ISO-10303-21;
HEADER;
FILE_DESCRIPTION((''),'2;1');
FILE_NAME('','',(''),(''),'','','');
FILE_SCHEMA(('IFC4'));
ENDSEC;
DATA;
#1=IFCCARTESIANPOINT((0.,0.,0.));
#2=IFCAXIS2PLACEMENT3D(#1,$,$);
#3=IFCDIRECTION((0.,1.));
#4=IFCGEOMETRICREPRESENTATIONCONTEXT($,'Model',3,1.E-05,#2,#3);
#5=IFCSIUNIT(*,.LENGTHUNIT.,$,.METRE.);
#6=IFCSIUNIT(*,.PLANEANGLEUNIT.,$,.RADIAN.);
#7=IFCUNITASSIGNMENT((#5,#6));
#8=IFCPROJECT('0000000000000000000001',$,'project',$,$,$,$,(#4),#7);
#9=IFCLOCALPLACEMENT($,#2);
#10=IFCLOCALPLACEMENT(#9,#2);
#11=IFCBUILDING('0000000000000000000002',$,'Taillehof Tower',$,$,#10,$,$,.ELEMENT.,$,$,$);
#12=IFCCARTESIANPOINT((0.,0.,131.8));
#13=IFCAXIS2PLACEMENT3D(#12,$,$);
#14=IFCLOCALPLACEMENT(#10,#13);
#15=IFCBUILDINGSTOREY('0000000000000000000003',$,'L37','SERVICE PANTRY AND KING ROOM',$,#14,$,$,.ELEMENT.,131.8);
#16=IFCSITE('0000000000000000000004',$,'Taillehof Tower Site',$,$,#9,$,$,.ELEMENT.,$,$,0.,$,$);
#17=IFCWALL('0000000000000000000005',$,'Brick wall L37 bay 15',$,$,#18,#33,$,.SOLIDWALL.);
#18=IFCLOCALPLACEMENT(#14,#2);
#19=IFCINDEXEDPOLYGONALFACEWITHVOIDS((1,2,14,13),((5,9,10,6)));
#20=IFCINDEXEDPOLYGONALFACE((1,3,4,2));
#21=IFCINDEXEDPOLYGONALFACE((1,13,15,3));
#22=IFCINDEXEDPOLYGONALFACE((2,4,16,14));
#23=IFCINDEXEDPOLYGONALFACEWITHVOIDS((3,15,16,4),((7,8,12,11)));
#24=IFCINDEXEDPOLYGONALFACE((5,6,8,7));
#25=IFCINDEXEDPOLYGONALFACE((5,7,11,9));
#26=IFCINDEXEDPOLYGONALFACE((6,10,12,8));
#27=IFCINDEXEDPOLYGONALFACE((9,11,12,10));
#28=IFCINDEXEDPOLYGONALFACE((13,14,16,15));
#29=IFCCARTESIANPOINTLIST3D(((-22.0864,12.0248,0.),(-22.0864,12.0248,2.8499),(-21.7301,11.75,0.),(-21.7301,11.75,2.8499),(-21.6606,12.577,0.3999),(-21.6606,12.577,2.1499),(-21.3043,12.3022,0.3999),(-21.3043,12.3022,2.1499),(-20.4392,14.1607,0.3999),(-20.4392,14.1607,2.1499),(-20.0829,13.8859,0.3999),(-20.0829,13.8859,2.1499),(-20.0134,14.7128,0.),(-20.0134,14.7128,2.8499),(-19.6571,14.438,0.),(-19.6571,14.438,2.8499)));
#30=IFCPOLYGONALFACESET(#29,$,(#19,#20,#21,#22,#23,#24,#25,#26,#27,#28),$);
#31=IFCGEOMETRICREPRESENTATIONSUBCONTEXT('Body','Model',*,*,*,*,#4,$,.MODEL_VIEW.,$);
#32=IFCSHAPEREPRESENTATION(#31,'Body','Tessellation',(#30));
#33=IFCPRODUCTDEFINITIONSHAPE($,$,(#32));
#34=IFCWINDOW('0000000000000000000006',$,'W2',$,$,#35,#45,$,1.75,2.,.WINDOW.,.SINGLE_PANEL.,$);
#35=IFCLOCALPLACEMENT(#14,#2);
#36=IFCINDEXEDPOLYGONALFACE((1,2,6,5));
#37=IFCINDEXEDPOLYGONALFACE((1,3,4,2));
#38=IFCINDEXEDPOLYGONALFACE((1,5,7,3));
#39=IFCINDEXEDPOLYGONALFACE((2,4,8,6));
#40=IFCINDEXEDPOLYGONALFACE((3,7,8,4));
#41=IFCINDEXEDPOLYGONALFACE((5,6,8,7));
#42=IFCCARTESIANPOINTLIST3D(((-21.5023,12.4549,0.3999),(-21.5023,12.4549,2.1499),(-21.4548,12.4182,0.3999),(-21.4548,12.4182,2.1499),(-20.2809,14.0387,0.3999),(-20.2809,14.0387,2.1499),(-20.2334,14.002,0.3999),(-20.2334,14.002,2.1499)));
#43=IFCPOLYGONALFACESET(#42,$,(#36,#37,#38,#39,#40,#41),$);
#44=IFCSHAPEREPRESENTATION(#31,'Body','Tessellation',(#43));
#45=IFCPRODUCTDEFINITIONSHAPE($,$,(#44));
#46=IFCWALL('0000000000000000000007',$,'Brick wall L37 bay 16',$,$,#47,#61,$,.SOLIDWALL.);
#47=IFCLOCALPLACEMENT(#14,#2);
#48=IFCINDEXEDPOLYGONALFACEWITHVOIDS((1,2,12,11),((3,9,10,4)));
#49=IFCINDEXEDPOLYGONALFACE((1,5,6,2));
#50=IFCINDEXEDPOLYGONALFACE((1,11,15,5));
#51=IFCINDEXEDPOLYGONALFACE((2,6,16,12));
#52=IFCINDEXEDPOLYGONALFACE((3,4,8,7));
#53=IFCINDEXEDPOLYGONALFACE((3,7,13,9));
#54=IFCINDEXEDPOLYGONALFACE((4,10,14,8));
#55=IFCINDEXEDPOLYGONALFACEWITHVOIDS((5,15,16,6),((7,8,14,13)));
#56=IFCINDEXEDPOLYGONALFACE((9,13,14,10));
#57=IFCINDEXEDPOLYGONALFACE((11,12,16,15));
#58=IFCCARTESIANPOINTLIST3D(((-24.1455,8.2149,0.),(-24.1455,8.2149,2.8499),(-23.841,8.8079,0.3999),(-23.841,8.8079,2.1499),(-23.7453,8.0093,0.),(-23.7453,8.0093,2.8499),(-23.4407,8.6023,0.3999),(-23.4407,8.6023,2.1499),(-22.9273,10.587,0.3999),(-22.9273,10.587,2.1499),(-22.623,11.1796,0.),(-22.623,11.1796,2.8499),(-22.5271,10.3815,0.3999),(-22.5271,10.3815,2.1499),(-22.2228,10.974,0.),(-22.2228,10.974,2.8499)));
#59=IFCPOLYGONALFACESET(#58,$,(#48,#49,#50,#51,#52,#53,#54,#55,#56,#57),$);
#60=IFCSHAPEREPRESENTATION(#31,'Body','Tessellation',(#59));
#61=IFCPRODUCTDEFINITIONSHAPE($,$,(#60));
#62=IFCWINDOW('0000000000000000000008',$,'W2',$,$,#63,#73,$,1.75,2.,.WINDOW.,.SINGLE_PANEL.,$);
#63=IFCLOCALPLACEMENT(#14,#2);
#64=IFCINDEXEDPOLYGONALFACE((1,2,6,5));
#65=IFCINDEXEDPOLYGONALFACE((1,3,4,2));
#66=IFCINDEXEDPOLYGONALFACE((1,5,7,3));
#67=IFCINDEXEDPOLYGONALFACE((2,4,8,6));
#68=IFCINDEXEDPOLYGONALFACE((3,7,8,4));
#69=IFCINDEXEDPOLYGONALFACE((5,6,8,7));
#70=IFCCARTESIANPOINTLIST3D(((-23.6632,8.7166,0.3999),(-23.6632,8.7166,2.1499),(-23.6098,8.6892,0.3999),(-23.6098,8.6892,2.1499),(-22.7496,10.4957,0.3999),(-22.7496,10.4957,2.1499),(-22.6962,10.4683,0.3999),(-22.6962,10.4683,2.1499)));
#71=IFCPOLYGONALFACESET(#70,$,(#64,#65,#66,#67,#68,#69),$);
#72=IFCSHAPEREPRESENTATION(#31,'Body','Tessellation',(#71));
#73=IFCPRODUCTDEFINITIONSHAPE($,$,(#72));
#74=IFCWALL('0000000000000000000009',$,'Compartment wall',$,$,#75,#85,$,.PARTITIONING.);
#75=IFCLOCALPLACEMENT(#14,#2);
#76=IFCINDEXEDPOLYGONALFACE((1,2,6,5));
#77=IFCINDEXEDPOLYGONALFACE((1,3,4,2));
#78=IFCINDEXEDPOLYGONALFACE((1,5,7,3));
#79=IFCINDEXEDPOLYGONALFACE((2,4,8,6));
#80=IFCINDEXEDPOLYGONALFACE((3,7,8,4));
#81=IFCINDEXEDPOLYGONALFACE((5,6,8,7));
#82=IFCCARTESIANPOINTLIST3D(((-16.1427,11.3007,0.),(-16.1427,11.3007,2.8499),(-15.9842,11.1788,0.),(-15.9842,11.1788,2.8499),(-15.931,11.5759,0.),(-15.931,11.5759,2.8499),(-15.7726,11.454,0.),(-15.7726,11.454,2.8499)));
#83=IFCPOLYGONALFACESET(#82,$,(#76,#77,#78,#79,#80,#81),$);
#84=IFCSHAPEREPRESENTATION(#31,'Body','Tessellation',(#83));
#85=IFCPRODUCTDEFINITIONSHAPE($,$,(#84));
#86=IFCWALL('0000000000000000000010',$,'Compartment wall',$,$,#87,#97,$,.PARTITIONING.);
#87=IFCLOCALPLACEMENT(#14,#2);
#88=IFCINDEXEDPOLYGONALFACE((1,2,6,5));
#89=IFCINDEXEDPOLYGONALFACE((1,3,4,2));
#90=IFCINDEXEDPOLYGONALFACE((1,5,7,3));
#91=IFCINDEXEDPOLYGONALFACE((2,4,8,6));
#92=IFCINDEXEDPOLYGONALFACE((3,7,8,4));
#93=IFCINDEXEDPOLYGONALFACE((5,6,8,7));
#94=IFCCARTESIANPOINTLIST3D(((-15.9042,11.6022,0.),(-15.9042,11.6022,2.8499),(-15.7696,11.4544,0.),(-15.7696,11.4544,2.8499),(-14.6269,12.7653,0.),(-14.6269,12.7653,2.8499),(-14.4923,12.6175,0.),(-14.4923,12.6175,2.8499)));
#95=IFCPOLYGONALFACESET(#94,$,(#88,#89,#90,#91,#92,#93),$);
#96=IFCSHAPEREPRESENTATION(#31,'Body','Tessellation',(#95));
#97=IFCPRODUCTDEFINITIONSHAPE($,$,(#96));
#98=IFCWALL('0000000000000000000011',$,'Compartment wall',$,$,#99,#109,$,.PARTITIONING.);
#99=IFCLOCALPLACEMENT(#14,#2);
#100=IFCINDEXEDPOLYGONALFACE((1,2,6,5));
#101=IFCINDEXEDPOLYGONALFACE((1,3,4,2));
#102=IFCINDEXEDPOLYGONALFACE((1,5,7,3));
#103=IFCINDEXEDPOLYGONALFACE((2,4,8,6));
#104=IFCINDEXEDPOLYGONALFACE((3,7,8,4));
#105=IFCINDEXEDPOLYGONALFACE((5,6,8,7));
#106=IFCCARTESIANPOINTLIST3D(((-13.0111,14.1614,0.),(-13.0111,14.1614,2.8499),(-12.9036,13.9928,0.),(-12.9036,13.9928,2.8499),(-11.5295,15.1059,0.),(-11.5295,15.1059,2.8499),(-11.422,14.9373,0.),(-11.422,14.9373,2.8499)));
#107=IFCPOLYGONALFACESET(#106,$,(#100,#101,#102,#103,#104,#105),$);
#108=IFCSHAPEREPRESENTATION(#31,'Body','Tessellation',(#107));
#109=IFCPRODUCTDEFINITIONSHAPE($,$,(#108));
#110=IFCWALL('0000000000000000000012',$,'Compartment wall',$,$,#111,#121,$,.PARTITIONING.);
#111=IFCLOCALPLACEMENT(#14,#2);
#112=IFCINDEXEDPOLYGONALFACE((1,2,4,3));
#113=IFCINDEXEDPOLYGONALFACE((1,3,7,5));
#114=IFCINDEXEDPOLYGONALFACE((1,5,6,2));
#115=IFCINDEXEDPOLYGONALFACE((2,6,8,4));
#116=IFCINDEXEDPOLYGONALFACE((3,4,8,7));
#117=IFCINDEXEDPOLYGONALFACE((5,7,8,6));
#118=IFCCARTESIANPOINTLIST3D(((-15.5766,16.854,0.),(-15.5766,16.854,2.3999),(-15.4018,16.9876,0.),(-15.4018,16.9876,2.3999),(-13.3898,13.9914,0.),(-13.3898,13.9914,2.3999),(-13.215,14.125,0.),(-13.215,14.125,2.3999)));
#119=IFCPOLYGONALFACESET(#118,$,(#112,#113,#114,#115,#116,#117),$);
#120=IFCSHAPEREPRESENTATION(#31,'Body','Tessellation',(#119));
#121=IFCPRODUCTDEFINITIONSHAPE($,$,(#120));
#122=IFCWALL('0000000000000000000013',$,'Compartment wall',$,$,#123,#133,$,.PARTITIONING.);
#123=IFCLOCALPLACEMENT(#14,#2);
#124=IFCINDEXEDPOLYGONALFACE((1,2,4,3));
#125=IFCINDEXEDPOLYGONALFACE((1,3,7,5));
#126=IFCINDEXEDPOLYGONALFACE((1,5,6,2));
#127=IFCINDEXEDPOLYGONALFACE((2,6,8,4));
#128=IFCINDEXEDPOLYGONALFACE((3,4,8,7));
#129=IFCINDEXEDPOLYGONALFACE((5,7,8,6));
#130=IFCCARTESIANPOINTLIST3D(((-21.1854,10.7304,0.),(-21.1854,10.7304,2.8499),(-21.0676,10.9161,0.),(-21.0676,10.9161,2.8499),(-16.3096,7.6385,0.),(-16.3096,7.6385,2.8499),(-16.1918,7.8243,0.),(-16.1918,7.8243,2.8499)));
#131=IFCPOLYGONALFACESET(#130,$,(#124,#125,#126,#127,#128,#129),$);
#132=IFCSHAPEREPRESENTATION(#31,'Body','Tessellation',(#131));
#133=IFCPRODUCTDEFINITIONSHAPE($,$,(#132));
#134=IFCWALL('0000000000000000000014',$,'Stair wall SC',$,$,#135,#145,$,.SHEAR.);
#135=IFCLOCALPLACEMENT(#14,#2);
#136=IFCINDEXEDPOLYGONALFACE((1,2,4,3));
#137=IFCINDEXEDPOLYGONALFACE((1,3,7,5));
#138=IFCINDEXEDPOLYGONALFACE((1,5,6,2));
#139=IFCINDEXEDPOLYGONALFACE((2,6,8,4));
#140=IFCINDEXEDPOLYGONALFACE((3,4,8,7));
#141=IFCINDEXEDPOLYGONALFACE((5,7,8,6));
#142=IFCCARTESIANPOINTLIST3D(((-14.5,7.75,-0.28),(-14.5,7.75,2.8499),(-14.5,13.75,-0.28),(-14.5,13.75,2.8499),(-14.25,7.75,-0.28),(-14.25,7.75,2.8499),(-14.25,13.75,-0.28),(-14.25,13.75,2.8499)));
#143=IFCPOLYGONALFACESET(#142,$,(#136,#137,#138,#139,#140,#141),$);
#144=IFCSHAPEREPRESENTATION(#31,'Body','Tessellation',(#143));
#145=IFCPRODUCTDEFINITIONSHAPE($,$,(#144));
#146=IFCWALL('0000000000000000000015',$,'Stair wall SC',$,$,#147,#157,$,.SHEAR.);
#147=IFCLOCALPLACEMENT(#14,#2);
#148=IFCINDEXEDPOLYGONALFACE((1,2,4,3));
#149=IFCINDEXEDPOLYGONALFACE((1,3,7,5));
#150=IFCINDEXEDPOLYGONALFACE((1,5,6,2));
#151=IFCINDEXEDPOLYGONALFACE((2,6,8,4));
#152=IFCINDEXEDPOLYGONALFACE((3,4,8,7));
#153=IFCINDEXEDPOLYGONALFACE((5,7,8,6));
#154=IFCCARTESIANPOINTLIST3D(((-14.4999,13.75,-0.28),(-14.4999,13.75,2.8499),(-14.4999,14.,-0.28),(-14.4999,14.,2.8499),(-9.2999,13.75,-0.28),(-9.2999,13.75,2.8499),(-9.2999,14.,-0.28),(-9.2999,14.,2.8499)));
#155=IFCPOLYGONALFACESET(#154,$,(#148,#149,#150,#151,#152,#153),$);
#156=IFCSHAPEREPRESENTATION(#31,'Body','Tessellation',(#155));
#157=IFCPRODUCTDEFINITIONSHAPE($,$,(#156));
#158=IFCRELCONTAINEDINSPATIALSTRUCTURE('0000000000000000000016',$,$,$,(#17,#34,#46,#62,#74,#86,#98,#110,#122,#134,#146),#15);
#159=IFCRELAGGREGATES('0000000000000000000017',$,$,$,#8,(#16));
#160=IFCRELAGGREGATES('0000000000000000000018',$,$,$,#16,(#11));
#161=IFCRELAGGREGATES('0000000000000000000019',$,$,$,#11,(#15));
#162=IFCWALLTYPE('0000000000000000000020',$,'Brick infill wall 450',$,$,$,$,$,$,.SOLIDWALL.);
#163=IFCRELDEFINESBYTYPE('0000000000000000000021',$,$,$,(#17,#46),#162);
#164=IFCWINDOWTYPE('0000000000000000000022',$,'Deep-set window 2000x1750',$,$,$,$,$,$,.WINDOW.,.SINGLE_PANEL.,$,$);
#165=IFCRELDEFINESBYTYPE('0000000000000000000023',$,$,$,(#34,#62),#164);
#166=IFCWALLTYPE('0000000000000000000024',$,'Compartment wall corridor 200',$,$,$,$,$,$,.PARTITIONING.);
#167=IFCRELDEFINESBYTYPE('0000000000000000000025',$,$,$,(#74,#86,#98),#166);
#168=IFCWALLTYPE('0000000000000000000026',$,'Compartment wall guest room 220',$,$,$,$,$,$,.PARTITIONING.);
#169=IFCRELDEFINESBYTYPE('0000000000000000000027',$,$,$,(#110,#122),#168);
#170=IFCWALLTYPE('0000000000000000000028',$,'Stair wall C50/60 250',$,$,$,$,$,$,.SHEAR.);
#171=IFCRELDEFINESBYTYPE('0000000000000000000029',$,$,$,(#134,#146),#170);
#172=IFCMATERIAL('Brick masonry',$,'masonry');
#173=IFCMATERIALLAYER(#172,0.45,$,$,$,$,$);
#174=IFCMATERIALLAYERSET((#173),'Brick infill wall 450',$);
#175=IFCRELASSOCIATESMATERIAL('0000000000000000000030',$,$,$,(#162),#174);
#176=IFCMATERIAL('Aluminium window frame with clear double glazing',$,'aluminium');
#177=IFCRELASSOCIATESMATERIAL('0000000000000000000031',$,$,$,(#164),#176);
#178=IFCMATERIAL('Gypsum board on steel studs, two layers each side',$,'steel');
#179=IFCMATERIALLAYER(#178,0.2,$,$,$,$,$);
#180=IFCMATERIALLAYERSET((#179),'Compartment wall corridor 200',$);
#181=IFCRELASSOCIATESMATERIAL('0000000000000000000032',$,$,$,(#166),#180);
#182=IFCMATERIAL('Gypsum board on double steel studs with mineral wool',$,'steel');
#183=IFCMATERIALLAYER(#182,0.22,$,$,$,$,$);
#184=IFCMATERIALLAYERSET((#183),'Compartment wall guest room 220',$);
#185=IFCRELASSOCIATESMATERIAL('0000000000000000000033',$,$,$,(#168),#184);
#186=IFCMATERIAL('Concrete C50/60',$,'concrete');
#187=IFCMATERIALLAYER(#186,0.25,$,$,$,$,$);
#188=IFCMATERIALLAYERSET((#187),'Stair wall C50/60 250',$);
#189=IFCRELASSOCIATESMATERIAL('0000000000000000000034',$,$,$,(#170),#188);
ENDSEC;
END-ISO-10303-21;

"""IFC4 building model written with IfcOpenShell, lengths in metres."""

from ifc_helpers import new_model, si_unit, direction, frame, frame_2d, origin, place, context, subcontext, project, spatial, rectangle, extrude, material, layer, layer_set, type_object, element, fill, save


model = new_model("IFC4")

# Units and contexts
model_context = context("Model", 3, precision=1e-05, world=origin(), true_north=direction((0.0, 1.0)))
body_context = subcontext(model_context, "Body", "Model", "MODEL_VIEW")
ifc_project = project(units=[si_unit("LENGTHUNIT", "METRE"), si_unit("PLANEANGLEUNIT", "RADIAN")], contexts=[model_context])

# Site, building, storey
site_placement = place(None, origin())
site = spatial("IfcSite", under=ifc_project, at=site_placement, Name="Taillehof Tower Site", CompositionType="ELEMENT", RefElevation=0.0)
building_placement = place(site_placement, origin())
building = spatial("IfcBuilding", under=site, at=building_placement, Name="Taillehof Tower", CompositionType="ELEMENT")
storey_placement = place(building_placement, frame((0.0, 0.0, 131.8)))
storey = spatial("IfcBuildingStorey", under=building, at=storey_placement, Name="L37", Description="SERVICE PANTRY AND KING ROOM", CompositionType="ELEMENT", Elevation=131.8)

# Walls, openings, windows
ifc_material_1 = material(Name="Brick masonry", Category="masonry")
ifc_layer_1 = layer(ifc_material_1, 0.45)
ifc_layer_set_1 = layer_set([ifc_layer_1], Name="Brick infill wall 450")
wall_type_1 = type_object("IfcWallType", Name="Brick infill wall 450", PredefinedType="SOLIDWALL", material=ifc_layer_set_1)
ifc_material_2 = material(Name="Aluminium window frame with clear double glazing", Category="aluminium")
window_type = type_object("IfcWindowType", Name="Deep-set window 2000x1750", PartitioningType="SINGLE_PANEL", PredefinedType="WINDOW", material=ifc_material_2)
wall_1_placement = place(storey_placement, frame((-19.8352, 14.5754, 0.0), z_axis=(0.0, 0.0, 1.0), x_axis=(-0.610694, -0.791867, 0.0)))
wall_1 = element("IfcWall", 1, at=wall_1_placement, inside=storey, type_object=wall_type_1, Name="Brick wall L37 bay 15", PredefinedType="SOLIDWALL", context=body_context, shape_type="SweptSolid", body=[
    extrude(rectangle(XDim=3.3945, YDim=0.45, at=frame_2d((1.6973, 0.0))), origin(), (0.0, 0.0, 1.0), 2.8499),
])
opening_1_placement = place(wall_1_placement, frame((0.6973, 0.0, 0.3999)))
opening_1 = element("IfcOpeningElement", 2, at=opening_1_placement, cuts=wall_1, PredefinedType="OPENING", context=body_context, shape_type="SweptSolid", body=[
    extrude(rectangle(XDim=2.0, YDim=1.75, at=frame_2d((1.0, 0.875))), frame((0.0, 0.2349, 0.0), z_axis=(0.0, -1.0, 0.0), x_axis=(1.0, 0.0, 0.0)), (0.0, 0.0, 1.0), 0.47),
])
window_1_placement = place(opening_1_placement, origin())
window_1 = element("IfcWindow", 3, at=window_1_placement, inside=storey, type_object=window_type, Name="W2", OverallHeight=1.75, OverallWidth=2.0, PartitioningType="SINGLE_PANEL", PredefinedType="WINDOW", context=body_context, shape_type="SweptSolid", body=[
    extrude(rectangle(XDim=2.0, YDim=1.75, at=frame_2d((1.0, 0.875))), frame((0.0, 0.0349, 0.0), z_axis=(0.0, -1.0, 0.0), x_axis=(1.0, 0.0, 0.0)), (0.0, 0.0, 1.0), 0.0601),
])
fill(opening_1, window_1)
wall_2_placement = place(storey_placement, frame((-22.4229, 11.0769, 0.0), z_axis=(0.0, 0.0, 1.0), x_axis=(-0.456828, -0.889555, 0.0)))
wall_2 = element("IfcWall", 4, at=wall_2_placement, inside=storey, type_object=wall_type_1, Name="Brick wall L37 bay 16", PredefinedType="SOLIDWALL", context=body_context, shape_type="SweptSolid", body=[
    extrude(rectangle(XDim=3.3328, YDim=0.45, at=frame_2d((1.6665, 0.0))), origin(), (0.0, 0.0, 1.0), 2.8499),
])
opening_2_placement = place(wall_2_placement, frame((0.6663, 0.0, 0.3999)))
opening_2 = element("IfcOpeningElement", 5, at=opening_2_placement, cuts=wall_2, PredefinedType="OPENING", context=body_context, shape_type="SweptSolid", body=[
    extrude(rectangle(XDim=2.0, YDim=1.75, at=frame_2d((1.0, 0.875))), frame((0.0, 0.2349, 0.0), z_axis=(0.0, -1.0, 0.0), x_axis=(1.0, 0.0, 0.0)), (0.0, 0.0, 1.0), 0.47),
])
window_2_placement = place(opening_2_placement, origin())
window_2 = element("IfcWindow", 6, at=window_2_placement, inside=storey, type_object=window_type, Name="W2", OverallHeight=1.75, OverallWidth=2.0, PartitioningType="SINGLE_PANEL", PredefinedType="WINDOW", context=body_context, shape_type="SweptSolid", body=[
    extrude(rectangle(XDim=2.0, YDim=1.75, at=frame_2d((1.0, 0.875))), frame((0.0, 0.0349, 0.0), z_axis=(0.0, -1.0, 0.0), x_axis=(1.0, 0.0, 0.0)), (0.0, 0.0, 1.0), 0.0601),
])
fill(opening_2, window_2)

# Walls
ifc_material_3 = material(Name="Gypsum board on steel studs, two layers each side", Category="steel")
ifc_layer_2 = layer(ifc_material_3, 0.2)
ifc_layer_set_2 = layer_set([ifc_layer_2], Name="Compartment wall corridor 200")
wall_type_2 = type_object("IfcWallType", Name="Compartment wall corridor 200", PredefinedType="PARTITIONING", material=ifc_layer_set_2)
wall_3_placement = place(storey_placement, frame((-16.0635, 11.2397, 0.0), z_axis=(0.0, 0.0, 1.0), x_axis=(0.609745, 0.792598, 0.0)))
element("IfcWall", 7, at=wall_3_placement, inside=storey, type_object=wall_type_2, Name="Compartment wall", PredefinedType="PARTITIONING", context=body_context, shape_type="SweptSolid", body=[
    extrude(rectangle(XDim=0.3472, YDim=0.2, at=frame_2d((0.1736, 0.0))), origin(), (0.0, 0.0, 1.0), 2.8499),
])
wall_4_placement = place(storey_placement, frame((-15.8369, 11.5283, 0.0), z_axis=(0.0, 0.0, 1.0), x_axis=(0.739403, 0.673263, 0.0)))
element("IfcWall", 8, at=wall_4_placement, inside=storey, type_object=wall_type_2, Name="Compartment wall", PredefinedType="PARTITIONING", context=body_context, shape_type="SweptSolid", body=[
    extrude(rectangle(XDim=1.7275, YDim=0.2, at=frame_2d((0.8638, 0.0))), origin(), (0.0, 0.0, 1.0), 2.8499),
])
wall_5_placement = place(storey_placement, frame((-12.9573, 14.0771, 0.0), z_axis=(0.0, 0.0, 1.0), x_axis=(0.843226, 0.537559, 0.0)))
element("IfcWall", 9, at=wall_5_placement, inside=storey, type_object=wall_type_2, Name="Compartment wall", PredefinedType="PARTITIONING", context=body_context, shape_type="SweptSolid", body=[
    extrude(rectangle(XDim=1.7571, YDim=0.2, at=frame_2d((0.8784, 0.0))), origin(), (0.0, 0.0, 1.0), 2.8499),
])
ifc_material_4 = material(Name="Gypsum board on double steel studs with mineral wool", Category="steel")
ifc_layer_3 = layer(ifc_material_4, 0.22)
ifc_layer_set_3 = layer_set([ifc_layer_3], Name="Compartment wall guest room 220")
wall_type_3 = type_object("IfcWallType", Name="Compartment wall guest room 220", PredefinedType="PARTITIONING", material=ifc_layer_set_3)
wall_6_placement = place(storey_placement, frame((-15.4893, 16.9209, 0.0), z_axis=(0.0, 0.0, 1.0), x_axis=(0.607058, -0.794658, 0.0)))
element("IfcWall", 10, at=wall_6_placement, inside=storey, type_object=wall_type_3, Name="Compartment wall", PredefinedType="PARTITIONING", context=body_context, shape_type="SweptSolid", body=[
    extrude(rectangle(XDim=3.6023, YDim=0.22, at=frame_2d((1.8013, 0.0))), origin(), (0.0, 0.0, 1.0), 2.3999),
])
wall_7_placement = place(storey_placement, frame((-21.1265, 10.8232, 0.0), z_axis=(0.0, 0.0, 1.0), x_axis=(0.844519, -0.535526, 0.0)))
element("IfcWall", 11, at=wall_7_placement, inside=storey, type_object=wall_type_3, Name="Compartment wall", PredefinedType="PARTITIONING", context=body_context, shape_type="SweptSolid", body=[
    extrude(rectangle(XDim=5.7734, YDim=0.22, at=frame_2d((2.8867, 0.0))), origin(), (0.0, 0.0, 1.0), 2.8499),
])
ifc_material_5 = material(Name="Concrete C50/60", Category="concrete")
ifc_layer_4 = layer(ifc_material_5, 0.25)
ifc_layer_set_4 = layer_set([ifc_layer_4], Name="Stair wall C50/60 250")
wall_type_4 = type_object("IfcWallType", Name="Stair wall C50/60 250", PredefinedType="SHEAR", material=ifc_layer_set_4)
wall_8_placement = place(storey_placement, frame((-14.375, 7.75, -0.28), z_axis=(0.0, 0.0, 1.0), x_axis=(0.0, 1.0, 0.0)))
element("IfcWall", 12, at=wall_8_placement, inside=storey, type_object=wall_type_4, Name="Stair wall SC", PredefinedType="SHEAR", context=body_context, shape_type="SweptSolid", body=[
    extrude(rectangle(XDim=6.0, YDim=0.25, at=frame_2d((3.0, 0.0))), origin(), (0.0, 0.0, 1.0), 3.1299),
])
wall_9_placement = place(storey_placement, frame((-14.5, 13.875, -0.28), z_axis=(0.0, 0.0, 1.0), x_axis=(1.0, 0.0, 0.0)))
element("IfcWall", 13, at=wall_9_placement, inside=storey, type_object=wall_type_4, Name="Stair wall SC", PredefinedType="SHEAR", context=body_context, shape_type="SweptSolid", body=[
    extrude(rectangle(XDim=5.2, YDim=0.25, at=frame_2d((2.6001, 0.0))), origin(), (0.0, 0.0, 1.0), 3.1299),
])

save(model, "model.ifc")
